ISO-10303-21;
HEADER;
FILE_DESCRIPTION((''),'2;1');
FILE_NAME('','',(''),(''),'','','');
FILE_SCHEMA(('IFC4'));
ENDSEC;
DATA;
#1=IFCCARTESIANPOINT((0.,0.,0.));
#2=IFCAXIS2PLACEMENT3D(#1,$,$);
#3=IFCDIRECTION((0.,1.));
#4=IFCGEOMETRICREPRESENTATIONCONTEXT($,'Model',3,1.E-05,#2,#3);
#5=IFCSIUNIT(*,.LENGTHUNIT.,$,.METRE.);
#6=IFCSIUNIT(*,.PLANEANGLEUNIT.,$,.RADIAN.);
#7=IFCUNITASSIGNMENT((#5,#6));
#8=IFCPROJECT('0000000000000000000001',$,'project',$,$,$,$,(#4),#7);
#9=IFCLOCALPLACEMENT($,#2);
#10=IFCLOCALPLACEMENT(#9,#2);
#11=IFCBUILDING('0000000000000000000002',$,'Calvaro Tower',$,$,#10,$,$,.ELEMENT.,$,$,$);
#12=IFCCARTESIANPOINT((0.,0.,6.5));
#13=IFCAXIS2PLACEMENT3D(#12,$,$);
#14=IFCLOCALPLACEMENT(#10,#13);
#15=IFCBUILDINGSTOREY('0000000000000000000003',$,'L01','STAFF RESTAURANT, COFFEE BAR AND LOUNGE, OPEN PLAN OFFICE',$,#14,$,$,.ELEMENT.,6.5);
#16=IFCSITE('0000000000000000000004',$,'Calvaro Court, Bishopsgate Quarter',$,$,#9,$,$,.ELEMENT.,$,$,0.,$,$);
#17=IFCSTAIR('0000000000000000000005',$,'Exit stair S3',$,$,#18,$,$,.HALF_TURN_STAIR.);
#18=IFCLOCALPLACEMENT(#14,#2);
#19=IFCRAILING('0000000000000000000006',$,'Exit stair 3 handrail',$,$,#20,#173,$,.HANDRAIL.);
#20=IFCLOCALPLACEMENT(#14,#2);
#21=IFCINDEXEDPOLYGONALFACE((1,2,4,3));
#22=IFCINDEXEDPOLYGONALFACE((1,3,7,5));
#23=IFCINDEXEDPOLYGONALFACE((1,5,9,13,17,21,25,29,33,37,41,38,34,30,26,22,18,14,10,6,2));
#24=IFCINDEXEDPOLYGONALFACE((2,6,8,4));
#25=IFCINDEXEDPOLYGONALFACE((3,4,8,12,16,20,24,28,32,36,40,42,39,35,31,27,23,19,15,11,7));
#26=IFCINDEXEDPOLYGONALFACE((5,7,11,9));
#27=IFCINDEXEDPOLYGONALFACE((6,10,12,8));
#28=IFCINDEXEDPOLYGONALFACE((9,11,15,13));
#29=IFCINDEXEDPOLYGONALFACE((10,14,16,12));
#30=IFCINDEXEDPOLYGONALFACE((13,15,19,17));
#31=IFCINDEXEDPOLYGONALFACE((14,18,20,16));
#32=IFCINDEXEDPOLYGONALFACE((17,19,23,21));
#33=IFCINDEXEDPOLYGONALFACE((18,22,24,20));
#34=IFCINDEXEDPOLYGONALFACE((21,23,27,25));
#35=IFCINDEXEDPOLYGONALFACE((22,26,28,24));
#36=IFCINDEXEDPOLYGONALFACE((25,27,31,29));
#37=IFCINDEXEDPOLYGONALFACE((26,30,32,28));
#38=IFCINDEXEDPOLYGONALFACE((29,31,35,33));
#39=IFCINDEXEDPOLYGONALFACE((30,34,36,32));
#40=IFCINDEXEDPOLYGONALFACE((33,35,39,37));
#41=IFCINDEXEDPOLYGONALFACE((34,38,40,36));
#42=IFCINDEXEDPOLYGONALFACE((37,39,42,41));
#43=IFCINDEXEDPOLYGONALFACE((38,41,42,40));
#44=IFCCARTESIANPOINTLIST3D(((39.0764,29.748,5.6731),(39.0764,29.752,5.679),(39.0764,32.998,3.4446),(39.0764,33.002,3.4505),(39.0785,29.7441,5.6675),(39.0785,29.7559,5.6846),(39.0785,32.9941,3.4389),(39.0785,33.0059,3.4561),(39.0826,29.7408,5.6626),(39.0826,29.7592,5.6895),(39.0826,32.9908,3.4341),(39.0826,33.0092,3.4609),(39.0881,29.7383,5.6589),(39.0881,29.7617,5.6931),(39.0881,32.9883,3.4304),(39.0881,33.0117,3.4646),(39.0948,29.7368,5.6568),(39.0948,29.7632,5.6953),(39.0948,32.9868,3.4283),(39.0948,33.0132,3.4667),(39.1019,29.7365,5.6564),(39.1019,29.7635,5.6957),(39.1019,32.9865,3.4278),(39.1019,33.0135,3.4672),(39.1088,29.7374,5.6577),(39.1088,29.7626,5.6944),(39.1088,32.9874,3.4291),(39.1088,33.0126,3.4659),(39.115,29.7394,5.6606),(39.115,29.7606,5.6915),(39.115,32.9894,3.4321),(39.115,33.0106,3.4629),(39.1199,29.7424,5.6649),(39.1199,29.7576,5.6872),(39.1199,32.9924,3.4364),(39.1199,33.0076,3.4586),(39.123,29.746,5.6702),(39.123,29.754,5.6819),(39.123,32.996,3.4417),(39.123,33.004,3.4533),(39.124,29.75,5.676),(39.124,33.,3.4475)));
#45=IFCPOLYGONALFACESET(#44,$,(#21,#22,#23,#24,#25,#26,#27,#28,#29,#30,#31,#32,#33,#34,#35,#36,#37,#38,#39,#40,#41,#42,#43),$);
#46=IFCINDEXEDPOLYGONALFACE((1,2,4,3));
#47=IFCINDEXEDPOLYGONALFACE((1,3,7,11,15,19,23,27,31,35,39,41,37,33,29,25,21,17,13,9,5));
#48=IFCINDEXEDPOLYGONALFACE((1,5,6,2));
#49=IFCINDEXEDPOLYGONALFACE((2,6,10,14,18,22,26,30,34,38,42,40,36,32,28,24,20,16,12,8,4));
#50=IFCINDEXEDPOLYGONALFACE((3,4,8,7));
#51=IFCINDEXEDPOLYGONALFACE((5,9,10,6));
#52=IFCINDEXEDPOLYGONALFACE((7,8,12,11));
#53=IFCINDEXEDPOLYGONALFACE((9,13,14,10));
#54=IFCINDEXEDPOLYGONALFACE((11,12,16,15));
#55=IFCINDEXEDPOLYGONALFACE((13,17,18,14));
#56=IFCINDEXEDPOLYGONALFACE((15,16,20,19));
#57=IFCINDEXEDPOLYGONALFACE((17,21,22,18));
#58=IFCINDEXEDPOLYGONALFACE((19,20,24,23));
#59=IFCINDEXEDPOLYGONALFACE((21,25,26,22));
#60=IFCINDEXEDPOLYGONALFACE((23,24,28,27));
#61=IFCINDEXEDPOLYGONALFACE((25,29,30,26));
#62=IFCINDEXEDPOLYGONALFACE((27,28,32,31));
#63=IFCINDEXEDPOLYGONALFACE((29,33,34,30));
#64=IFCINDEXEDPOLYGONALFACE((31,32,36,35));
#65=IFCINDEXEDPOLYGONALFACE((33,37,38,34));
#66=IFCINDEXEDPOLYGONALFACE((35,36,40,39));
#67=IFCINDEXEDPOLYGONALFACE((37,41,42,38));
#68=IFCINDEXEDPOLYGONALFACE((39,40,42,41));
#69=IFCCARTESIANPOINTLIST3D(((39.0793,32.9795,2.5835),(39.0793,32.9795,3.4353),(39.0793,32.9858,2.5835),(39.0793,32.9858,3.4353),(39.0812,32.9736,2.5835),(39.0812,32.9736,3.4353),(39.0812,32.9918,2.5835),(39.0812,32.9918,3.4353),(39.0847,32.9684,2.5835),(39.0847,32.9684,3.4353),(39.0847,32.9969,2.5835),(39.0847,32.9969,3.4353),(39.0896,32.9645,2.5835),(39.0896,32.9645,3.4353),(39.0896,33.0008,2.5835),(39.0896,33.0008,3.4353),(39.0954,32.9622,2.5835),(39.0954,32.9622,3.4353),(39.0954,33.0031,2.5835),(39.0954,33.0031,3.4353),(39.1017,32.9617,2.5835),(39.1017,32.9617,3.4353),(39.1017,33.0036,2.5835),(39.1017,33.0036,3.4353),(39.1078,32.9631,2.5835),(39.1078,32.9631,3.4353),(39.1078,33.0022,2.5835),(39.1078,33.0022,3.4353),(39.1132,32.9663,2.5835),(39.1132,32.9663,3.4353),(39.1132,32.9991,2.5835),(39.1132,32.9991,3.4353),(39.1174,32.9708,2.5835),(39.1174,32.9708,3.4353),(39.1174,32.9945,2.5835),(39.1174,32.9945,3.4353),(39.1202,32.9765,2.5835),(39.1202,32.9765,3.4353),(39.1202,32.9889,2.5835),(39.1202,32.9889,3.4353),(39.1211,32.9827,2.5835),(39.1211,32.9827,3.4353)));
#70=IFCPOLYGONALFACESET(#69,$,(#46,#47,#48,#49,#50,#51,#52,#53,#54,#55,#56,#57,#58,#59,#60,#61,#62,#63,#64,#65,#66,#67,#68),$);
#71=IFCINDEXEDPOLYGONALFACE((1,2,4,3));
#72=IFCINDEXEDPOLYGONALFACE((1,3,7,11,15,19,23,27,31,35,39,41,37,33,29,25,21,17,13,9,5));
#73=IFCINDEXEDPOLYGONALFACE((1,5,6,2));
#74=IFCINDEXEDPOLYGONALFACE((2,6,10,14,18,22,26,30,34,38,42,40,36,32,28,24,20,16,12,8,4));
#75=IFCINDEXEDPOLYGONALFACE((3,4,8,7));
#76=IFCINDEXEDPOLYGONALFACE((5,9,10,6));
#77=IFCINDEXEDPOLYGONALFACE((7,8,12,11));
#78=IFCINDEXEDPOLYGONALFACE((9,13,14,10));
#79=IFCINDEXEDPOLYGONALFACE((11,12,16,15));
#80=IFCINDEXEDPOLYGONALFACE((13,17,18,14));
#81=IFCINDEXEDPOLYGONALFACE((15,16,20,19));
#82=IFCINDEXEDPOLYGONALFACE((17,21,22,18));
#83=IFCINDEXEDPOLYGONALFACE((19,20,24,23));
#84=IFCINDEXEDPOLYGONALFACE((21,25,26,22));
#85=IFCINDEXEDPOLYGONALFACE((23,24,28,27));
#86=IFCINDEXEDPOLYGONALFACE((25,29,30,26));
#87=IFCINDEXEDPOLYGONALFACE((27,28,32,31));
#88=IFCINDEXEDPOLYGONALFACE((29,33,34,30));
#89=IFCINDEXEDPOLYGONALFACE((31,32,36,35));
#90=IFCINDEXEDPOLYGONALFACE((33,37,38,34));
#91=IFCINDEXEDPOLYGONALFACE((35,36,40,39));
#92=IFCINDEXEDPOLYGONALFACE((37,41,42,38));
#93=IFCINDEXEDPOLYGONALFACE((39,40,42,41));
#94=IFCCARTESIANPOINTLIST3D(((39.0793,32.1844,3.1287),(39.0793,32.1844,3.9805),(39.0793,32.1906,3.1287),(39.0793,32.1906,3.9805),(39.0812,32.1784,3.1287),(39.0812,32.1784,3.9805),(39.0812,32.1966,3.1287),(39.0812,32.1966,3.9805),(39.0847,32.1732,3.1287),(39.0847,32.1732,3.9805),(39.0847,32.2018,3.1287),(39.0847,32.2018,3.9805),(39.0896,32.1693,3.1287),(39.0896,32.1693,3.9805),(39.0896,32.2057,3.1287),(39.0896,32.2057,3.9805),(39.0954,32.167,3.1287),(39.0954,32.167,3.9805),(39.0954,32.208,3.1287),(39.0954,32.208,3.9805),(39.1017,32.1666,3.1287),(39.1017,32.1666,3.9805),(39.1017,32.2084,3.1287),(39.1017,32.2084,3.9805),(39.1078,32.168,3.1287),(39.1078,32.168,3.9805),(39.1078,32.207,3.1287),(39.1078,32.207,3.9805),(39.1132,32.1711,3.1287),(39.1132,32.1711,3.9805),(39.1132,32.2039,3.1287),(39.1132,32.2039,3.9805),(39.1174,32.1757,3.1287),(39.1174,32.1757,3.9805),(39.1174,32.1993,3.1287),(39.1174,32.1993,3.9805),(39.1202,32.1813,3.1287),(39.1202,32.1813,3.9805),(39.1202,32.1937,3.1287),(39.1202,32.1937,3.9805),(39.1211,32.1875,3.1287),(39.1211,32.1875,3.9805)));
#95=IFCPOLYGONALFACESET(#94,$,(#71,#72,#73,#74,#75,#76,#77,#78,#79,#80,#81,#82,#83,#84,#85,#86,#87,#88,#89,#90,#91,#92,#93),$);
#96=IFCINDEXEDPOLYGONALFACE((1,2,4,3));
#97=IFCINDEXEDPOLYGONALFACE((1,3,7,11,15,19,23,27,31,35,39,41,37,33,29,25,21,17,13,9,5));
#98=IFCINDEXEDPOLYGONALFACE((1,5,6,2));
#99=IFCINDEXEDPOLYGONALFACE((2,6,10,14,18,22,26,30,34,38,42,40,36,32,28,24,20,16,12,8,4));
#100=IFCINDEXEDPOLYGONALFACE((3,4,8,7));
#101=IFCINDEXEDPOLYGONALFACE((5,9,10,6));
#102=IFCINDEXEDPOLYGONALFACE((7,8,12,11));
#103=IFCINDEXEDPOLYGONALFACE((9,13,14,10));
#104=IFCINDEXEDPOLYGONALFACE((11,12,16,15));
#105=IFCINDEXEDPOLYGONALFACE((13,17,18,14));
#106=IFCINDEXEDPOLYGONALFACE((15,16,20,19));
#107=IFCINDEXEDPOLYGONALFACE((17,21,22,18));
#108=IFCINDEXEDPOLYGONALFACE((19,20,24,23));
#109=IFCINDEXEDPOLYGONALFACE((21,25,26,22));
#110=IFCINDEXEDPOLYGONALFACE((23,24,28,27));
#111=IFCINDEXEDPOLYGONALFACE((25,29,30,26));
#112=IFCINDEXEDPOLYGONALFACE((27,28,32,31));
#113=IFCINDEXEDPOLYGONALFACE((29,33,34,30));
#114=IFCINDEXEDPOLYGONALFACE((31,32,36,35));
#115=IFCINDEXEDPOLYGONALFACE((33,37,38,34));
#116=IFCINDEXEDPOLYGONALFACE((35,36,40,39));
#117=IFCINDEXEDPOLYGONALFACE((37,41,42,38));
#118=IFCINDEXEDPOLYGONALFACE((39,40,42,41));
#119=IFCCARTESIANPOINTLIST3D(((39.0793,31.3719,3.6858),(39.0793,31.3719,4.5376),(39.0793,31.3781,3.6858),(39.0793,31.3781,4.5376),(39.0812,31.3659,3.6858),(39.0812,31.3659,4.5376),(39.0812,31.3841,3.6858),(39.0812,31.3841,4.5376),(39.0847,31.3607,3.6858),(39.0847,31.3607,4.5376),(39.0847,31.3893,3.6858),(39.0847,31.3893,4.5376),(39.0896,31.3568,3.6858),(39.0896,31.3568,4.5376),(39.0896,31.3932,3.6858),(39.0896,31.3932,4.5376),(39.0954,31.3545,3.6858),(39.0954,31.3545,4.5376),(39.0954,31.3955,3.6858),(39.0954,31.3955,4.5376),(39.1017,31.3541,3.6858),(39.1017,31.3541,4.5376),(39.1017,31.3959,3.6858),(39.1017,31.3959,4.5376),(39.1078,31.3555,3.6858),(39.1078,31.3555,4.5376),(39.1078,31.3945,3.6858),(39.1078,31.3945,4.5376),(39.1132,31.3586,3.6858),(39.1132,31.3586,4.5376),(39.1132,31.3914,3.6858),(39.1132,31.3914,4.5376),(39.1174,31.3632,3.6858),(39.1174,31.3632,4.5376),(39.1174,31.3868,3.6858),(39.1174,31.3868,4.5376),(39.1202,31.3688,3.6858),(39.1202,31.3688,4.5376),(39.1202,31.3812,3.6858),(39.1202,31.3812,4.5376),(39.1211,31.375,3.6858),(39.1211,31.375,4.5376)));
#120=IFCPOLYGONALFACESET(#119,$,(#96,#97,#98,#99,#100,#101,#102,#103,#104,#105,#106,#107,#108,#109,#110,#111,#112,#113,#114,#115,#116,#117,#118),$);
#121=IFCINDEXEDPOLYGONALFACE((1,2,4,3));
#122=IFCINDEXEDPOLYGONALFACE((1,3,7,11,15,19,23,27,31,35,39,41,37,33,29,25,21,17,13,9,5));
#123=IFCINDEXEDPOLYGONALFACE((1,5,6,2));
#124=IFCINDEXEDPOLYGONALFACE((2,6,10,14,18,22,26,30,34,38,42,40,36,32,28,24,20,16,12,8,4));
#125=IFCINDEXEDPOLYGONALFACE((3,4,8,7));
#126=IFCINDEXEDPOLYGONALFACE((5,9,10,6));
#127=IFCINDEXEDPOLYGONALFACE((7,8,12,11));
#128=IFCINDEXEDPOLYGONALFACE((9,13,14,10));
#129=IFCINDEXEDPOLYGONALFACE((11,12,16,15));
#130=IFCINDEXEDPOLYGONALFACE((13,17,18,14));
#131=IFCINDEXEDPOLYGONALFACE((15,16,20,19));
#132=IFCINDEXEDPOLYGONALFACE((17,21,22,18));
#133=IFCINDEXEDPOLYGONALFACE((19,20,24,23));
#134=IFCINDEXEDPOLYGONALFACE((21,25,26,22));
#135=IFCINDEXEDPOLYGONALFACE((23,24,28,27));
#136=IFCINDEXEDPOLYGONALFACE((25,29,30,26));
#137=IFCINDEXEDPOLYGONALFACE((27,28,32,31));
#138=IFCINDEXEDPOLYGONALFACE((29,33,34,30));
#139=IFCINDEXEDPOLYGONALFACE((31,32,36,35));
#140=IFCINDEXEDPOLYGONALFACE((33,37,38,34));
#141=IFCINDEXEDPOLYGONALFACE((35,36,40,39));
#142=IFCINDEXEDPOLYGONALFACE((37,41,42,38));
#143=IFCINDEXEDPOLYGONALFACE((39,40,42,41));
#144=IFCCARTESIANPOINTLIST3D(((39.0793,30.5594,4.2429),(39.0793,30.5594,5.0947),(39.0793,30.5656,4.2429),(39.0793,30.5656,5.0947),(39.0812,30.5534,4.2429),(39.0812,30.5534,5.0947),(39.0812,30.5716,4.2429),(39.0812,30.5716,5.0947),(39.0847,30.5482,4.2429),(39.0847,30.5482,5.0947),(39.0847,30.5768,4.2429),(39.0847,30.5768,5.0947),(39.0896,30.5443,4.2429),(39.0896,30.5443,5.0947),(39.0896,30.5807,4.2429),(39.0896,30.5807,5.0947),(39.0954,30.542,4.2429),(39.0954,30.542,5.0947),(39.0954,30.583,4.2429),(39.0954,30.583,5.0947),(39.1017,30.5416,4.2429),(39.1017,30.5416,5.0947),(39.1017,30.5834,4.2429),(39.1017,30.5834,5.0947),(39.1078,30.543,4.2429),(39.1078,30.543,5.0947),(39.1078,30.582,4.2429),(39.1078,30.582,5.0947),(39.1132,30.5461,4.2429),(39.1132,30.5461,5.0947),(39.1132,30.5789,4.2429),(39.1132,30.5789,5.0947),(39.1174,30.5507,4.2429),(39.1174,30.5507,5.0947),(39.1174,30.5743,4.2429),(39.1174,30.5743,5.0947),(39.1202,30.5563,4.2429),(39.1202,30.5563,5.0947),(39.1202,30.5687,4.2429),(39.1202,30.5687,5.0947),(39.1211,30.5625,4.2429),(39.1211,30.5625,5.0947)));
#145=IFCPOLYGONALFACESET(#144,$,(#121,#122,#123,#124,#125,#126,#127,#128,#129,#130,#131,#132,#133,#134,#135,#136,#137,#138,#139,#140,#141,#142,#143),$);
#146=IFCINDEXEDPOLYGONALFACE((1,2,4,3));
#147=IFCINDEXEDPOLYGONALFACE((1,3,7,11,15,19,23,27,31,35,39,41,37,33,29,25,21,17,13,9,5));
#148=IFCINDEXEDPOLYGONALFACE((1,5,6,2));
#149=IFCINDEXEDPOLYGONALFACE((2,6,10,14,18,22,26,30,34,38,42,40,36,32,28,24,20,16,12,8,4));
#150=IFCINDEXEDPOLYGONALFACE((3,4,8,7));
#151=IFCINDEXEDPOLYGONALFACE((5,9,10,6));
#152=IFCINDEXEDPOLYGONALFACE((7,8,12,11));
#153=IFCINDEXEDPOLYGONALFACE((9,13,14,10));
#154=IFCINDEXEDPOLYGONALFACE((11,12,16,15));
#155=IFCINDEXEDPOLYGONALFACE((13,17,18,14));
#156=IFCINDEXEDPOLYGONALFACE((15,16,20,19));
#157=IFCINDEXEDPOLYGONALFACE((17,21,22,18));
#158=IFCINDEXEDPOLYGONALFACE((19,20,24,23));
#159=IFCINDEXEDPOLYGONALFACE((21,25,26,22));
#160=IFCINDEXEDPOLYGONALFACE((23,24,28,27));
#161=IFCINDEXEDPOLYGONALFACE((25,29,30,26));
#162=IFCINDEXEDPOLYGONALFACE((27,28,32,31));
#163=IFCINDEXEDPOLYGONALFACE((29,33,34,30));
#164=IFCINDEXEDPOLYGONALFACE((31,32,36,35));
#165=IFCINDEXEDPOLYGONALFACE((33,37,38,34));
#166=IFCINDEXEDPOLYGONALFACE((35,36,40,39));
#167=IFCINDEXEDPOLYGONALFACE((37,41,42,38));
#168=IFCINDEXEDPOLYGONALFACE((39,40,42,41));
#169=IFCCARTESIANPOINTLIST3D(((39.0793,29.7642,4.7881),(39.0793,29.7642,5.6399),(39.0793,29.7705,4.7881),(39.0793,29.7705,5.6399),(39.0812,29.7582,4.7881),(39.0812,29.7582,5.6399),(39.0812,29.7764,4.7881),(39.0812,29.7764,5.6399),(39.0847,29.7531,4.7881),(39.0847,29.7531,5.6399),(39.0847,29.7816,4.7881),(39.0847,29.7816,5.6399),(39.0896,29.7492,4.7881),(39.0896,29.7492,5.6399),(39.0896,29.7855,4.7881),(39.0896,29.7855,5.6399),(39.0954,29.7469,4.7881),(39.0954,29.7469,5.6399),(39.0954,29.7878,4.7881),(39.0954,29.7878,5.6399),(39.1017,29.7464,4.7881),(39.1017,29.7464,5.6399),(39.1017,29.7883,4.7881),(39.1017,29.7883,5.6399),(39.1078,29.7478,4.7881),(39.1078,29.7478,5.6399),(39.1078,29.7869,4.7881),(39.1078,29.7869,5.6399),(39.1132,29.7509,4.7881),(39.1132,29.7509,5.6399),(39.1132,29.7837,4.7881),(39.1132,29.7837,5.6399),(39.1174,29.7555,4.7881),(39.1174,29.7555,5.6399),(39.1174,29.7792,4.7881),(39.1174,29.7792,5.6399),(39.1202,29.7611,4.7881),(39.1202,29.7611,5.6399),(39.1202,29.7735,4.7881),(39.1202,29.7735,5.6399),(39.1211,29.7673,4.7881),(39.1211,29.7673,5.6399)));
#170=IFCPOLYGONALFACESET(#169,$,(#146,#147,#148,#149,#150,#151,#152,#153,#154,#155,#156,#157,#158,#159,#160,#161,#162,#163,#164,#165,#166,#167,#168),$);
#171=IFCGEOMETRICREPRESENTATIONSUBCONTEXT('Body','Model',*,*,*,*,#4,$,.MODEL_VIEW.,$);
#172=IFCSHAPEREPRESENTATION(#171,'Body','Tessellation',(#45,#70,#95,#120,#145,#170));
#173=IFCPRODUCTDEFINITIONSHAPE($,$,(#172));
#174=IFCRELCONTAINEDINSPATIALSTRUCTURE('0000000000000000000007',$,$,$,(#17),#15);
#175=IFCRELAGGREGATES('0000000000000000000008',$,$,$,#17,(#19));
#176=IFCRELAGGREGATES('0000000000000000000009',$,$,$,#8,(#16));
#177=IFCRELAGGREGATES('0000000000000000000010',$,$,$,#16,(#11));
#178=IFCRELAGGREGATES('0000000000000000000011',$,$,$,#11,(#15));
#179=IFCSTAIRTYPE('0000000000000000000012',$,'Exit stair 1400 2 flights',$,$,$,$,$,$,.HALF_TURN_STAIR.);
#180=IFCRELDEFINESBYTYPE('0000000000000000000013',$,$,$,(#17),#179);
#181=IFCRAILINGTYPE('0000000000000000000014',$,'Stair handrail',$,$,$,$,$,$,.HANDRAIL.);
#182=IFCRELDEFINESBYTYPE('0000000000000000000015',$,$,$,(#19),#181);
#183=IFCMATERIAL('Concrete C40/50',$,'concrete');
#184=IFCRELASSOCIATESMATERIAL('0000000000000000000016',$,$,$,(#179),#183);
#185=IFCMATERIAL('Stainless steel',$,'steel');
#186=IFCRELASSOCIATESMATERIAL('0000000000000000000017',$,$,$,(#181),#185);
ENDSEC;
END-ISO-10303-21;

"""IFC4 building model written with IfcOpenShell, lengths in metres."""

from ifc_helpers import new_model, si_unit, direction, frame, origin, origin_2d, place, context, subcontext, project, spatial, circle, extrude, material, type_object, element, aggregate, save


model = new_model("IFC4")

# Units and contexts
model_context = context("Model", 3, precision=1e-05, world=origin(), true_north=direction((0.0, 1.0)))
body_context = subcontext(model_context, "Body", "Model", "MODEL_VIEW")
ifc_project = project(units=[si_unit("LENGTHUNIT", "METRE"), si_unit("PLANEANGLEUNIT", "RADIAN")], contexts=[model_context])

# Site, building, storey
site_placement = place(None, origin())
site = spatial("IfcSite", under=ifc_project, at=site_placement, Name="Calvaro Court, Bishopsgate Quarter", CompositionType="ELEMENT", RefElevation=0.0)
building_placement = place(site_placement, origin())
building = spatial("IfcBuilding", under=site, at=building_placement, Name="Calvaro Tower", CompositionType="ELEMENT")
storey_placement = place(building_placement, frame((0.0, 0.0, 6.5)))
storey = spatial("IfcBuildingStorey", under=building, at=storey_placement, Name="L01", Description="STAFF RESTAURANT, COFFEE BAR AND LOUNGE, OPEN PLAN OFFICE", CompositionType="ELEMENT", Elevation=6.5)

# Stair, railing
ifc_material_1 = material(Name="Concrete C40/50", Category="concrete")
stair_type = type_object("IfcStairType", Name="Exit stair 1400 2 flights", PredefinedType="HALF_TURN_STAIR", material=ifc_material_1)
stair_placement = place(storey_placement, origin())
stair = element("IfcStair", 1, at=stair_placement, inside=storey, type_object=stair_type, Name="Exit stair S3", PredefinedType="HALF_TURN_STAIR")
ifc_material_2 = material(Name="Stainless steel", Category="steel")
railing_type = type_object("IfcRailingType", Name="Stair handrail", PredefinedType="HANDRAIL", material=ifc_material_2)
railing_1_placement = place(storey_placement, frame((39.1001, 33.0, 2.5715)))
railing_1 = element("IfcRailing", 2, at=railing_1_placement, type_object=railing_type, Name="Exit stair 3 handrail", PredefinedType="HANDRAIL", context=body_context, shape_type="SweptSolid", body=[
    extrude(circle(Radius=0.0239, at=origin_2d()), frame((0.0, 0.0, 0.876), z_axis=(0.0, -0.824735, 0.565519), x_axis=(1.0, 0.0, 0.0)), (0.0, 0.0, 1.0), 3.9407),
    extrude(circle(Radius=0.021, at=origin_2d()), frame((0.0, -0.0173, 0.012)), (0.0, 0.0, 1.0), 0.8518),
    extrude(circle(Radius=0.021, at=origin_2d()), frame((0.0, -0.8125, 0.5571)), (0.0, 0.0, 1.0), 0.8518),
    extrude(circle(Radius=0.021, at=origin_2d()), frame((0.0, -1.625, 1.1143)), (0.0, 0.0, 1.0), 0.8518),
    extrude(circle(Radius=0.021, at=origin_2d()), frame((0.0, -2.4375, 1.6714)), (0.0, 0.0, 1.0), 0.8518),
    extrude(circle(Radius=0.021, at=origin_2d()), frame((0.0, -3.2327, 2.2166)), (0.0, 0.0, 1.0), 0.8518),
])
aggregate(stair, [railing_1])

save(model, "model.ifc")
